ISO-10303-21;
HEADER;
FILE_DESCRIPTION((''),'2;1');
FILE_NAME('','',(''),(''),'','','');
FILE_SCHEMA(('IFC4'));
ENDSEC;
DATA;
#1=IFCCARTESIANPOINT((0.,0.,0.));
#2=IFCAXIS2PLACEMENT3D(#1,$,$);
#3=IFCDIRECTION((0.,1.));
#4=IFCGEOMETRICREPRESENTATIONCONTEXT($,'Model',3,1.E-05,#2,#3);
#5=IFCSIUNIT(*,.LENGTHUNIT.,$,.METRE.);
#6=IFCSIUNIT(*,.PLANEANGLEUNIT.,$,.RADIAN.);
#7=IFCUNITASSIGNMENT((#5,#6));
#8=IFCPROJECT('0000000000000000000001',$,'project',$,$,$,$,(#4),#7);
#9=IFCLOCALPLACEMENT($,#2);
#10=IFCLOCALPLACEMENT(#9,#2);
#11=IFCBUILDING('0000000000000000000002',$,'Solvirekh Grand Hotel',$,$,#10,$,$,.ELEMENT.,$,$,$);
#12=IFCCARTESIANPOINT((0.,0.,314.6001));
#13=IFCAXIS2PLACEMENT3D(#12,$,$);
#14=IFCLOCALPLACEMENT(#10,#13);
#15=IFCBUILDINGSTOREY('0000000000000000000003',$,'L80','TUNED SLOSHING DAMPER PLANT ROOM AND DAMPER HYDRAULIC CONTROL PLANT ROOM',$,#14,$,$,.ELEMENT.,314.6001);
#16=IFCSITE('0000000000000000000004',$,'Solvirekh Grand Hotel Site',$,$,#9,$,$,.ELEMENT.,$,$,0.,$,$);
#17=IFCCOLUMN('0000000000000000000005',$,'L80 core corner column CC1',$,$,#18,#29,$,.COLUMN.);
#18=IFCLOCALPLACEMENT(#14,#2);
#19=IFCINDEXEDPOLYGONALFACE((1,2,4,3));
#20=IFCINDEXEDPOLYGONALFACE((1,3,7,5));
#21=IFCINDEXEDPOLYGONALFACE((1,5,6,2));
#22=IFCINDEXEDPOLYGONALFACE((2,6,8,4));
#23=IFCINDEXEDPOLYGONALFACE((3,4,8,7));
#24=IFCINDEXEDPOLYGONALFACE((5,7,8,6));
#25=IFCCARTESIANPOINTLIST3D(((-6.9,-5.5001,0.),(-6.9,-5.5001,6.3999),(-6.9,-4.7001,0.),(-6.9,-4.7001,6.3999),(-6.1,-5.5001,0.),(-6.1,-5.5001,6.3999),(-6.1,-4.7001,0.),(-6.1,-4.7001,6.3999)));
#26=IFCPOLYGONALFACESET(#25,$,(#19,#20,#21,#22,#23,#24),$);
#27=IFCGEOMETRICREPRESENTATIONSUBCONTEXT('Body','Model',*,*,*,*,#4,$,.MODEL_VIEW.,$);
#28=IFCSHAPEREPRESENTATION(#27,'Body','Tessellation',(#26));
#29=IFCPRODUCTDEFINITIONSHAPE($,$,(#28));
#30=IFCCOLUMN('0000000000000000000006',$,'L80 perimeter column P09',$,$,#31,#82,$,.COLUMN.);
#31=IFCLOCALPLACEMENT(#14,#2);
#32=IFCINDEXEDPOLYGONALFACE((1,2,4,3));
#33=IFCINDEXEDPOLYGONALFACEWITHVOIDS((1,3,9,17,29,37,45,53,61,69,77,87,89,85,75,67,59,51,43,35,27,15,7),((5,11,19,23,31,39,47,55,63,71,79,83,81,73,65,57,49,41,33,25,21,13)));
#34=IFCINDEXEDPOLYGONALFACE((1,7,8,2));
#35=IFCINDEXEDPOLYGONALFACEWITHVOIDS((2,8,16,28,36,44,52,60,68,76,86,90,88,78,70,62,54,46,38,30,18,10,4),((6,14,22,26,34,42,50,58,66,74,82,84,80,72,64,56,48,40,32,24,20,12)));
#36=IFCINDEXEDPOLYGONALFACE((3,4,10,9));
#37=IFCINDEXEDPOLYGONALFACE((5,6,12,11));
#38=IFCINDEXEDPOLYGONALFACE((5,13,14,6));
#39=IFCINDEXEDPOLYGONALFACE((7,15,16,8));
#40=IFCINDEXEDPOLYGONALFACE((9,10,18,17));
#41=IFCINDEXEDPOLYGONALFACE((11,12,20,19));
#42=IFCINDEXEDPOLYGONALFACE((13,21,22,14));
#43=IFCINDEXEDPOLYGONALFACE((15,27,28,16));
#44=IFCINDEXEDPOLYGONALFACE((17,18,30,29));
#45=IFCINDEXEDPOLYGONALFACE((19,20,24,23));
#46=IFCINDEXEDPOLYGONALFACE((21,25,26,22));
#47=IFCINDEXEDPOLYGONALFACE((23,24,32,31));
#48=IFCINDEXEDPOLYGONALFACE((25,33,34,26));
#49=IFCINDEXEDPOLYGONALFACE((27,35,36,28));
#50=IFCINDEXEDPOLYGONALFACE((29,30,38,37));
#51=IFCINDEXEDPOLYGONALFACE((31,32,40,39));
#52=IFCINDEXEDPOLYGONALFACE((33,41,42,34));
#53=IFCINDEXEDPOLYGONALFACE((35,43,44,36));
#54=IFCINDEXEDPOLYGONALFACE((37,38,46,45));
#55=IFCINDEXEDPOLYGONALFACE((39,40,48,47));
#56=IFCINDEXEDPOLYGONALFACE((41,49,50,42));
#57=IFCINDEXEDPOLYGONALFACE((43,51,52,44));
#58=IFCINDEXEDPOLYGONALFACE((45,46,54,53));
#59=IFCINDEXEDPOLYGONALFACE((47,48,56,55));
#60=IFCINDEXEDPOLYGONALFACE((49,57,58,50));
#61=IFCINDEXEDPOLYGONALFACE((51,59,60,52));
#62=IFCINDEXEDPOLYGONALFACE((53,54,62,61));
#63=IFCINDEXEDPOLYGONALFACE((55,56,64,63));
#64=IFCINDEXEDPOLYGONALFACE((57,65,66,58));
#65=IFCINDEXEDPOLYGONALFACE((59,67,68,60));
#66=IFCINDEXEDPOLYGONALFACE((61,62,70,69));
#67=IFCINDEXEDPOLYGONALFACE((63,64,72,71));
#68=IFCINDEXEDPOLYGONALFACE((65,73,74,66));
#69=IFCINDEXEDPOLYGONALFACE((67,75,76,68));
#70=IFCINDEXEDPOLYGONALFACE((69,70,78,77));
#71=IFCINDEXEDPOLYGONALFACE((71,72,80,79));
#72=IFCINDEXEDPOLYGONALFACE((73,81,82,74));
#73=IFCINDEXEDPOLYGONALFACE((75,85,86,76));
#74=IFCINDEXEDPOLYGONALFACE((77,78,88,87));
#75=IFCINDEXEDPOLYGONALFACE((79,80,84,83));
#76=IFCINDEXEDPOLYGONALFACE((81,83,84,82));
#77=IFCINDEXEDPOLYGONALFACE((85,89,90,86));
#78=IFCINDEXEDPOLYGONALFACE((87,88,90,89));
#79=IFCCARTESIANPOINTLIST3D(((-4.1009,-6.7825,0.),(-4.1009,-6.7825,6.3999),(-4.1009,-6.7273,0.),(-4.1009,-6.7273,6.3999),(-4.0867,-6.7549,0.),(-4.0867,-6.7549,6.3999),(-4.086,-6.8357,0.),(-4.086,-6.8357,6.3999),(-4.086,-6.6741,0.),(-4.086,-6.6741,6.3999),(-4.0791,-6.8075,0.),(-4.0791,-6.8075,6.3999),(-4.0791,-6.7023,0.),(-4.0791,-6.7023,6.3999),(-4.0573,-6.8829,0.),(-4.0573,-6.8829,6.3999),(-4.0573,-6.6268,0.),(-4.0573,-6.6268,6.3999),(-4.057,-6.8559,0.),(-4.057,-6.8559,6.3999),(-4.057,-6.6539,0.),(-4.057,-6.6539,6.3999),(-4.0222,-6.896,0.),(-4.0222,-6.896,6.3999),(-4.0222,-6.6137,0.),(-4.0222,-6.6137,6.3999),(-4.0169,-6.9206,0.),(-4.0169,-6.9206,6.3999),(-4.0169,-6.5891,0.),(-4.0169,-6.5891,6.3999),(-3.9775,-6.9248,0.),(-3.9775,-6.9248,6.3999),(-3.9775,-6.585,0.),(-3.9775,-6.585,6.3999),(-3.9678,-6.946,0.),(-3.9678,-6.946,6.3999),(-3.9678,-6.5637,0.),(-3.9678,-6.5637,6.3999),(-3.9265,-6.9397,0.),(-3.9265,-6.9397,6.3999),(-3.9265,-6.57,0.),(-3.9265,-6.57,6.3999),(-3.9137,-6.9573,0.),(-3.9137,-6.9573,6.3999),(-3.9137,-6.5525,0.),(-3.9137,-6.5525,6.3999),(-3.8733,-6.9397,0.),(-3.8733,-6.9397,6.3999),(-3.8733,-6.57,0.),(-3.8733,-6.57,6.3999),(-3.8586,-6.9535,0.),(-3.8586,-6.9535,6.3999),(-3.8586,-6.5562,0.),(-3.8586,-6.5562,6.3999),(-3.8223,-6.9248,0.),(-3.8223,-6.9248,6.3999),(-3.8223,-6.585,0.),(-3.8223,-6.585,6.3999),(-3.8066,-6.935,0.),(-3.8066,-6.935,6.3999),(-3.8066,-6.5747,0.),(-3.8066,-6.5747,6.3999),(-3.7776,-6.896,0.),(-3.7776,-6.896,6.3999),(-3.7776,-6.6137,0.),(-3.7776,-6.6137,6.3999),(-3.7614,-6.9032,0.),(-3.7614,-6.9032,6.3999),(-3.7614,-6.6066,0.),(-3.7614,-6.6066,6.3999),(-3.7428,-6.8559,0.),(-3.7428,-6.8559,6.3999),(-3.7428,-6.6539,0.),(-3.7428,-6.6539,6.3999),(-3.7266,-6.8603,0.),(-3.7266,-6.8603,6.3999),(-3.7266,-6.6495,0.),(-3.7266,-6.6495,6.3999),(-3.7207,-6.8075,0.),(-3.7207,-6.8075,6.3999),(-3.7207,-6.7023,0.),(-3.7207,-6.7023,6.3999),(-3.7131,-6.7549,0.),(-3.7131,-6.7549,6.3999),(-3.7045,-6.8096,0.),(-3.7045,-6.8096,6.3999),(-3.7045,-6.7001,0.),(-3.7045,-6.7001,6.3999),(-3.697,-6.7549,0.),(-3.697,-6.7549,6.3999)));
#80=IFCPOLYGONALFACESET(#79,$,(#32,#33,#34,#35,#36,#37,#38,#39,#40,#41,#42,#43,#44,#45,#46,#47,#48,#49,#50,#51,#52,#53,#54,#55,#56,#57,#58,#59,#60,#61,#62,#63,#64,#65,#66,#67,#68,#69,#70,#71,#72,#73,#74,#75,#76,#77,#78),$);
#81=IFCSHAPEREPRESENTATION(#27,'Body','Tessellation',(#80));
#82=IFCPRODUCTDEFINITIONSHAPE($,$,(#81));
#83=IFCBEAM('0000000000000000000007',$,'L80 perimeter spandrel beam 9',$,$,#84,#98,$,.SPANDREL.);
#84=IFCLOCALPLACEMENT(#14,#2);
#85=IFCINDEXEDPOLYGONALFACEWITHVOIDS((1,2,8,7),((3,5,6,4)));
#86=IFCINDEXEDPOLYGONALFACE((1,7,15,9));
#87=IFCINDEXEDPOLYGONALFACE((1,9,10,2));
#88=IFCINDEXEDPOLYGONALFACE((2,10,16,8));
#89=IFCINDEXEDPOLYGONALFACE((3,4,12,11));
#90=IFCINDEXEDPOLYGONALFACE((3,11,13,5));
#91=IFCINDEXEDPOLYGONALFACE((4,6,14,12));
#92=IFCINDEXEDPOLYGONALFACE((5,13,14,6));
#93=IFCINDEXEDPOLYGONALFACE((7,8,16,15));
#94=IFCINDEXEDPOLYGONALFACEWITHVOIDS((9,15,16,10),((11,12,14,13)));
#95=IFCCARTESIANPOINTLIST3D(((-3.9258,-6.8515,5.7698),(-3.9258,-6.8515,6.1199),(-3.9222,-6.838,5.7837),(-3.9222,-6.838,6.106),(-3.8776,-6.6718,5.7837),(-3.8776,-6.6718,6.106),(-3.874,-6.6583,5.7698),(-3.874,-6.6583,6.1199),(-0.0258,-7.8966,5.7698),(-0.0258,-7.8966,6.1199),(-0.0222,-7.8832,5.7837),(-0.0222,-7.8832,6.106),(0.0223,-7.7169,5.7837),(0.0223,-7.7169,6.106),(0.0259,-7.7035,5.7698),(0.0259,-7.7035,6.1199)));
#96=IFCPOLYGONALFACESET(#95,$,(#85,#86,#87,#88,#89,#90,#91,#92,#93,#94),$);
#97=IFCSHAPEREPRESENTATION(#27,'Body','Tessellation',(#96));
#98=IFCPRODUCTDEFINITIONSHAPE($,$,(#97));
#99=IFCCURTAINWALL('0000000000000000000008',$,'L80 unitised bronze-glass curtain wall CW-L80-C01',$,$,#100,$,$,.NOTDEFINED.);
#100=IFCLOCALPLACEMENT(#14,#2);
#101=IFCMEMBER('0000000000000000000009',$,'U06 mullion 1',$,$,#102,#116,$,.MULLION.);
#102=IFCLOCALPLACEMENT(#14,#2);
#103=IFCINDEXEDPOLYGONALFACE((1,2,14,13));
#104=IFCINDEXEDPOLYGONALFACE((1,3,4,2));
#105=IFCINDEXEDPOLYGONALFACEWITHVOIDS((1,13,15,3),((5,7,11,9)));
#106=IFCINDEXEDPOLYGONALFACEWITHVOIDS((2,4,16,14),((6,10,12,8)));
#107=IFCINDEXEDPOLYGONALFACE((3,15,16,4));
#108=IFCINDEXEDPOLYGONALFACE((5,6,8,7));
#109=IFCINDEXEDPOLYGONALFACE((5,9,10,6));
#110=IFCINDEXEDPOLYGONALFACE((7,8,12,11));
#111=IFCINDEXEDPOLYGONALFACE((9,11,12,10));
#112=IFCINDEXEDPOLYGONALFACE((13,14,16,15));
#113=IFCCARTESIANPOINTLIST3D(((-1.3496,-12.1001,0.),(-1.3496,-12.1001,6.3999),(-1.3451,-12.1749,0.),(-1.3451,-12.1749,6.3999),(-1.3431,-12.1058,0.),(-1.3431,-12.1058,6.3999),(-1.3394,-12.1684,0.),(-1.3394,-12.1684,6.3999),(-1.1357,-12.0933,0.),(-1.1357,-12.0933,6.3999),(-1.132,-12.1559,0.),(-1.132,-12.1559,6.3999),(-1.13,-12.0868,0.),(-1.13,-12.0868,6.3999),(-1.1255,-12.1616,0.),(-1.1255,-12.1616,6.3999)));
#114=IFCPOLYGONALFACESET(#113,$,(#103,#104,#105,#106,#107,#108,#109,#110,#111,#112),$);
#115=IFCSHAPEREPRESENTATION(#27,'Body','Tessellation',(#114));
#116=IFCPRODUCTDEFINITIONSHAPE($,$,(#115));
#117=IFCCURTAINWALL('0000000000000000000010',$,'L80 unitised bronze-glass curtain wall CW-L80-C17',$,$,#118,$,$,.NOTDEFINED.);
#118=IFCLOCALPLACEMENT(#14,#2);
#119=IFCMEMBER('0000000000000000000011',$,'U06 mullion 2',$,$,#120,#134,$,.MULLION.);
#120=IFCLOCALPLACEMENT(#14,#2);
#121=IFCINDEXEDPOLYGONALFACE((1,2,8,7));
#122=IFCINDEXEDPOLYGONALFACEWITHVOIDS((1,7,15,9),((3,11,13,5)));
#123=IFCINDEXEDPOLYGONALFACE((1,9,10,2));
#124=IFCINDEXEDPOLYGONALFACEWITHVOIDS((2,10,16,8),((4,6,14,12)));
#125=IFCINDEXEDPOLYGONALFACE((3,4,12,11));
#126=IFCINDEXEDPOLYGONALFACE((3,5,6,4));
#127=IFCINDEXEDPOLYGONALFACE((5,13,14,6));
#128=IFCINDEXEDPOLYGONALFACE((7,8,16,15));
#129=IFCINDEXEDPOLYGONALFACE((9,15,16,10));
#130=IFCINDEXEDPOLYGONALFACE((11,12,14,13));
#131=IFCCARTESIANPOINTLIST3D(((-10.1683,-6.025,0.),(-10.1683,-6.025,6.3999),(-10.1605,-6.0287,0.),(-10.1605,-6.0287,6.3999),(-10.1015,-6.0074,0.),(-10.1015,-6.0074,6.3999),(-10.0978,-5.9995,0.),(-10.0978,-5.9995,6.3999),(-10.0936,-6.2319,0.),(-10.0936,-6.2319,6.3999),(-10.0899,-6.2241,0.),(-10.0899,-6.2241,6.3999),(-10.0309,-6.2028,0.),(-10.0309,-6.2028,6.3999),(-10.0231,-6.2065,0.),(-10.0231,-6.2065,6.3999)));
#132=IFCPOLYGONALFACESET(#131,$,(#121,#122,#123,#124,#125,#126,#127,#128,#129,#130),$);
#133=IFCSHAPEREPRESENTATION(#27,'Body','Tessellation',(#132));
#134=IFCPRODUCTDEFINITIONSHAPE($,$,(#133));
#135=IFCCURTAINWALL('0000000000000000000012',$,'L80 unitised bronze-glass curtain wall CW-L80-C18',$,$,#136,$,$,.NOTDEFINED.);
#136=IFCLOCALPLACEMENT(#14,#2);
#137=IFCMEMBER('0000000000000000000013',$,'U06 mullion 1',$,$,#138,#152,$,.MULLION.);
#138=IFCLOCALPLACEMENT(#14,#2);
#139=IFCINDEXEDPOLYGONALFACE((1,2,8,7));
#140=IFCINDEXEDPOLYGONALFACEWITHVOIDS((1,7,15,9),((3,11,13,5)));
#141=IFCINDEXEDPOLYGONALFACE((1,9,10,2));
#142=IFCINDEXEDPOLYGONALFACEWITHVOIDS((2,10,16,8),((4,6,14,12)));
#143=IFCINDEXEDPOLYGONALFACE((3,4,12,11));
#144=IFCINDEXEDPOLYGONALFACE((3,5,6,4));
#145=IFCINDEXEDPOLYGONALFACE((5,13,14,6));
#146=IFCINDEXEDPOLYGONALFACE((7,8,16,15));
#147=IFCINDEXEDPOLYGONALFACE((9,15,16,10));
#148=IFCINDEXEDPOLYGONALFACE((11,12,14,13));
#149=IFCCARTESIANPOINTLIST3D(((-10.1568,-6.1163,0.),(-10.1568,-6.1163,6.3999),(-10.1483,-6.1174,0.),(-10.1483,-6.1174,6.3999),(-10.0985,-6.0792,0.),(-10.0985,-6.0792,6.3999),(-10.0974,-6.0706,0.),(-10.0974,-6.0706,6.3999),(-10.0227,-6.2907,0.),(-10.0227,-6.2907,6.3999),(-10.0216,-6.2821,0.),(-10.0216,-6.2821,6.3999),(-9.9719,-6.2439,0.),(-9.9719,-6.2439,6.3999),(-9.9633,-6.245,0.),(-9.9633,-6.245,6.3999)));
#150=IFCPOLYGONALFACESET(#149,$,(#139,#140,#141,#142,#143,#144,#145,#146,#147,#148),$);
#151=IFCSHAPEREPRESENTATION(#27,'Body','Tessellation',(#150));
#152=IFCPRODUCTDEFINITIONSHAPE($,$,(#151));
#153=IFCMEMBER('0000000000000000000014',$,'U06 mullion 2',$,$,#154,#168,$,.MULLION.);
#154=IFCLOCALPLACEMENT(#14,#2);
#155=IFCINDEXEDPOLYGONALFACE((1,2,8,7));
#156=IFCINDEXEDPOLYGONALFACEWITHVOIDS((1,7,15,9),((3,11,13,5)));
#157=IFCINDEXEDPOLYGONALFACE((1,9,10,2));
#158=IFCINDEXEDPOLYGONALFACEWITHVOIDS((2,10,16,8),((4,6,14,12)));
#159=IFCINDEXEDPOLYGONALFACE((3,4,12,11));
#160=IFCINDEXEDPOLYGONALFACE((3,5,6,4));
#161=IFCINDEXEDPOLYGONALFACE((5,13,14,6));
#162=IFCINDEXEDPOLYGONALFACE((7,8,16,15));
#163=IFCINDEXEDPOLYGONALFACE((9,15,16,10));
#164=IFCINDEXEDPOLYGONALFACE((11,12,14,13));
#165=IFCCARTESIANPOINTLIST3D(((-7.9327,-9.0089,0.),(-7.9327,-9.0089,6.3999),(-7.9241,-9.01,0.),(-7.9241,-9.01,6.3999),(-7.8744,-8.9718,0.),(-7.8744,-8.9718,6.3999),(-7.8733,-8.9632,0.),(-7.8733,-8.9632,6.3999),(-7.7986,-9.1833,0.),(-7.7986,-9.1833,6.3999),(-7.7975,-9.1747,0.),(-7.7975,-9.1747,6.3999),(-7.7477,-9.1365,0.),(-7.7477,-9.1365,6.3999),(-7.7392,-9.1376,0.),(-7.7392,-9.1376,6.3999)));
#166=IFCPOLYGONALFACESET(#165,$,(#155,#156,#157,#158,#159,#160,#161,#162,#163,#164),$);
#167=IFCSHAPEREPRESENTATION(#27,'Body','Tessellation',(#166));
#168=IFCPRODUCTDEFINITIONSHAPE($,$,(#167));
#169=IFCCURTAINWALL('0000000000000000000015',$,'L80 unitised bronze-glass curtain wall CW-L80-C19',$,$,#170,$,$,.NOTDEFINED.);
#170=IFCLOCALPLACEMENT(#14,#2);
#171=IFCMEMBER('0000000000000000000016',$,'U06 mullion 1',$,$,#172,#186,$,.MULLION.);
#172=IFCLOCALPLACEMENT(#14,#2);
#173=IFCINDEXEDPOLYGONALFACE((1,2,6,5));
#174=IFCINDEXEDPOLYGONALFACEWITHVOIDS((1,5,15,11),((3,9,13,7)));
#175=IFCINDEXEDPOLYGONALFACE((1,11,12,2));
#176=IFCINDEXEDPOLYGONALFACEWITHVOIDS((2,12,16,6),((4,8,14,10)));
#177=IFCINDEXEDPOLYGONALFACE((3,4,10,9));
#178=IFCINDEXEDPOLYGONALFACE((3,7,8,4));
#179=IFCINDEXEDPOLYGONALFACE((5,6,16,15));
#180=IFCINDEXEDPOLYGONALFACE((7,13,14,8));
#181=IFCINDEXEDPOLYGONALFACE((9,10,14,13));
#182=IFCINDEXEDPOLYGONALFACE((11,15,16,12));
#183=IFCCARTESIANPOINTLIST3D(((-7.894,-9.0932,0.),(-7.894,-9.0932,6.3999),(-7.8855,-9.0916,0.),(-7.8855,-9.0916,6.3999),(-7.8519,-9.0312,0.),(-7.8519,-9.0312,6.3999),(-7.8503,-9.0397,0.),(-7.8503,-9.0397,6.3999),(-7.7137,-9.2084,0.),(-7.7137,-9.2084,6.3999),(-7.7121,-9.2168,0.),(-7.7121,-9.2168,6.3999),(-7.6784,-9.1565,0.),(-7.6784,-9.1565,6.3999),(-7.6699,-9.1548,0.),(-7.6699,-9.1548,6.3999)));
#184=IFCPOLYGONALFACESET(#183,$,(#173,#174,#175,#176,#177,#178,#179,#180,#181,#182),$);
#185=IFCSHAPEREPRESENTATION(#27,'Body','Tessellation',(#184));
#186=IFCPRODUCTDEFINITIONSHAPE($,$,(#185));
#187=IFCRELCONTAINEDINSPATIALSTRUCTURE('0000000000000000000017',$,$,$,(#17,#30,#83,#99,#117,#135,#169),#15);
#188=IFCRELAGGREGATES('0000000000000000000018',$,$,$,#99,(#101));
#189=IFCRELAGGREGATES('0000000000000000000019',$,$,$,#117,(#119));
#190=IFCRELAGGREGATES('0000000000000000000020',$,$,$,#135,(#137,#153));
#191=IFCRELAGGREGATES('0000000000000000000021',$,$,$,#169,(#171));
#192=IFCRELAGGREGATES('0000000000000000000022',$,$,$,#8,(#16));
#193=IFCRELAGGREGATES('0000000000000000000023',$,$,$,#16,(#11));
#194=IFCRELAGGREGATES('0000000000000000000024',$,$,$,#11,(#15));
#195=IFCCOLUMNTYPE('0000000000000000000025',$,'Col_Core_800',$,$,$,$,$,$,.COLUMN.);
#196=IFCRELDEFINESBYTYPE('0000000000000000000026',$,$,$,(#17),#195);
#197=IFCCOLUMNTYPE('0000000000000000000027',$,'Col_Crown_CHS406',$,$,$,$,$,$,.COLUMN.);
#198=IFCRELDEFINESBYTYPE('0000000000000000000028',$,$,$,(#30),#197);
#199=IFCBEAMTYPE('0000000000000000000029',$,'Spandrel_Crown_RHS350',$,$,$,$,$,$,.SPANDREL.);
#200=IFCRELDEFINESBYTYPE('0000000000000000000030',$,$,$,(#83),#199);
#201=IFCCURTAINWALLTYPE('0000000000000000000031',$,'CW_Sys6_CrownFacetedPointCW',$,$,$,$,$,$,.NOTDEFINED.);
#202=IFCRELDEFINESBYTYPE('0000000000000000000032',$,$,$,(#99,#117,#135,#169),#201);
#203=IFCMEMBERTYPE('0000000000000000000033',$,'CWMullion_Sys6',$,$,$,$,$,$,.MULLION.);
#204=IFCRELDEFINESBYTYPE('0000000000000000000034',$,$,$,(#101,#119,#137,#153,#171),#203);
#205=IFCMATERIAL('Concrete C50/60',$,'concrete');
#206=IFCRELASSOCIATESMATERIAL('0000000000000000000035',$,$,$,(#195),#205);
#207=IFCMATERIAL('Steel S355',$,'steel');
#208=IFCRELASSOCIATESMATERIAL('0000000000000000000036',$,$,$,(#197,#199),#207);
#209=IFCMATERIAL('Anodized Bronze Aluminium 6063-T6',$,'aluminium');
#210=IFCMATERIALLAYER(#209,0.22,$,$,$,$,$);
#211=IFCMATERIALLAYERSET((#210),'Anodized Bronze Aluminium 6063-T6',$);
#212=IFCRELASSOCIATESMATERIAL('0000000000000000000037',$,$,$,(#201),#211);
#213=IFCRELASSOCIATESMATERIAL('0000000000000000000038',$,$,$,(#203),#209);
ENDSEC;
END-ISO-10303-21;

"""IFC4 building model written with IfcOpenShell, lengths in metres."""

from ifc_helpers import new_model, si_unit, direction, frame, origin, origin_2d, place, context, subcontext, project, spatial, rectangle, hollow_rectangle, hollow_circle, extrude, source, transform, mapped, material, layer, layer_set, material_profile, profile_set, type_object, element, aggregate, save


model = new_model("IFC4")

# Units and contexts
model_context = context("Model", 3, precision=1e-05, world=origin(), true_north=direction((0.0, 1.0)))
body_context = subcontext(model_context, "Body", "Model", "MODEL_VIEW")
ifc_project = project(units=[si_unit("LENGTHUNIT", "METRE"), si_unit("PLANEANGLEUNIT", "RADIAN")], contexts=[model_context])

# Site, building, storey
site_placement = place(None, origin())
site = spatial("IfcSite", under=ifc_project, at=site_placement, Name="Solvirekh Grand Hotel Site", CompositionType="ELEMENT", RefElevation=0.0)
building_placement = place(site_placement, origin())
building = spatial("IfcBuilding", under=site, at=building_placement, Name="Solvirekh Grand Hotel", CompositionType="ELEMENT")
storey_placement = place(building_placement, frame((0.0, 0.0, 314.6001)))
storey = spatial("IfcBuildingStorey", under=building, at=storey_placement, Name="L80", Description="TUNED SLOSHING DAMPER PLANT ROOM AND DAMPER HYDRAULIC CONTROL PLANT ROOM", CompositionType="ELEMENT", Elevation=314.6001)

# Columns
ifc_material_1 = material(Name="Concrete C50/60", Category="concrete")
ifc_material_profile_1 = material_profile(ifc_material_1, rectangle(XDim=0.8, YDim=0.8, at=origin_2d()), Name="RC 800X800")
ifc_profile_set_1 = profile_set([ifc_material_profile_1], Name="Concrete C50/60")
column_type_1 = type_object("IfcColumnType", Name="Col_Core_800", PredefinedType="COLUMN", material=ifc_profile_set_1)
column_1_placement = place(storey_placement, frame((-6.5, -5.1001, 0.0), z_axis=(0.0, 0.0, 1.0), x_axis=(1.0, 0.0, 0.0)))
element("IfcColumn", 1, at=column_1_placement, inside=storey, type_object=column_type_1, Name="L80 core corner column CC1", PredefinedType="COLUMN", context=body_context, shape_type="SweptSolid", body=[
    extrude(rectangle(XDim=0.8, YDim=0.8, at=origin_2d()), origin(), (0.0, 0.0, 1.0), 6.3999),
])
ifc_material_2 = material(Name="Steel S355", Category="steel")
ifc_material_profile_2 = material_profile(ifc_material_2, hollow_circle(Radius=0.2029, WallThickness=0.0161, at=origin_2d()), Name="CHS 406X16")
ifc_profile_set_2 = profile_set([ifc_material_profile_2], Name="Steel S355")
column_type_2 = type_object("IfcColumnType", Name="Col_Crown_CHS406", PredefinedType="COLUMN", material=ifc_profile_set_2)
column_2_placement = place(storey_placement, frame((-3.8999, -6.7549, 0.0), z_axis=(0.0, 0.0, 1.0), x_axis=(1.0, 0.0, 0.0)))
element("IfcColumn", 2, at=column_2_placement, inside=storey, type_object=column_type_2, Name="L80 perimeter column P09", PredefinedType="COLUMN", context=body_context, shape_type="SweptSolid", body=[
    extrude(hollow_circle(Radius=0.2029, WallThickness=0.0161, at=origin_2d()), origin(), (0.0, 0.0, 1.0), 6.3999),
])

# Beam
ifc_material_profile_3 = material_profile(ifc_material_2, hollow_rectangle(XDim=0.2, YDim=0.3501, WallThickness=0.0139, at=origin_2d()), Name="RHS 350X200X14")
ifc_profile_set_3 = profile_set([ifc_material_profile_3], Name="Steel S355")
beam_type = type_object("IfcBeamType", Name="Spandrel_Crown_RHS350", PredefinedType="SPANDREL", material=ifc_profile_set_3)
beam_placement = place(storey_placement, frame((-3.8999, -6.7549, 5.9448), z_axis=(0.965914, -0.258863, 0.0), x_axis=(0.258863, 0.965914, 0.0)))
element("IfcBeam", 3, at=beam_placement, inside=storey, type_object=beam_type, Name="L80 perimeter spandrel beam 9", PredefinedType="SPANDREL", context=body_context, shape_type="SweptSolid", body=[
    extrude(hollow_rectangle(XDim=0.2, YDim=0.3501, WallThickness=0.0139, at=origin_2d()), origin(), (0.0, 0.0, 1.0), 4.0376),
])

# Curtain walls, members
ifc_material_3 = material(Name="Anodized Bronze Aluminium 6063-T6", Category="aluminium")
ifc_layer_1 = layer(ifc_material_3, 0.22)
ifc_layer_set_1 = layer_set([ifc_layer_1], Name="Anodized Bronze Aluminium 6063-T6")
curtain_wall_type = type_object("IfcCurtainWallType", Name="CW_Sys6_CrownFacetedPointCW", PredefinedType="NOTDEFINED", material=ifc_layer_set_1)
curtain_wall_1_placement = place(storey_placement, origin())
curtain_wall_1 = element("IfcCurtainWall", 4, at=curtain_wall_1_placement, inside=storey, type_object=curtain_wall_type, Name="L80 unitised bronze-glass curtain wall CW-L80-C01", PredefinedType="NOTDEFINED")
ifc_material_profile_4 = material_profile(ifc_material_3, hollow_rectangle(XDim=0.075, YDim=0.22, WallThickness=0.0061, at=origin_2d()), Name="ALU RHS 220X75X6")
ifc_profile_set_4 = profile_set([ifc_material_profile_4], Name="Anodized Bronze Aluminium 6063-T6")
member_type_1 = type_object("IfcMemberType", Name="CWMullion_Sys6", PredefinedType="MULLION", material=ifc_profile_set_4)
shared_shape_1 = source(origin(), body_context, "Body", "SweptSolid", [
    extrude(hollow_rectangle(XDim=0.075, YDim=0.22, WallThickness=0.0061, at=origin_2d()), origin(), (0.0, 0.0, 1.0), 6.3999),
])
member_1_placement = place(storey_placement, frame((-1.2375, -12.1309, 0.0), z_axis=(0.0, 0.0, 1.0), x_axis=(-0.060271, 0.998182, 0.0)))
member_1 = element("IfcMember", 5, at=member_1_placement, type_object=member_type_1, Name="U06 mullion 1", PredefinedType="MULLION", context=body_context, shape_type="MappedRepresentation", body=[
    mapped(shared_shape_1, transform((0.0, 0.0, 0.0), x_axis=(1.0, 0.0, 0.0), y_axis=(0.0, 1.0, 0.0), z_axis=(0.0, 0.0, 1.0), scale=1.0)),
])
aggregate(curtain_wall_1, [member_1])
curtain_wall_2_placement = place(storey_placement, origin())
curtain_wall_2 = element("IfcCurtainWall", 6, at=curtain_wall_2_placement, inside=storey, type_object=curtain_wall_type, Name="L80 unitised bronze-glass curtain wall CW-L80-C17", PredefinedType="NOTDEFINED")
member_2_placement = place(storey_placement, frame((-10.0957, -6.1157, 0.0), z_axis=(0.0, 0.0, 1.0), x_axis=(0.940617, 0.339469, 0.0)))
member_2 = element("IfcMember", 7, at=member_2_placement, type_object=member_type_1, Name="U06 mullion 2", PredefinedType="MULLION", context=body_context, shape_type="MappedRepresentation", body=[
    mapped(shared_shape_1, transform((0.0, 0.0, 0.0), x_axis=(1.0, 0.0, 0.0), y_axis=(0.0, 1.0, 0.0), z_axis=(0.0, 0.0, 1.0), scale=1.0)),
])
aggregate(curtain_wall_2, [member_2])

# Curtain walls, members
curtain_wall_3_placement = place(storey_placement, origin())
curtain_wall_3 = element("IfcCurtainWall", 8, at=curtain_wall_3_placement, inside=storey, type_object=curtain_wall_type, Name="L80 unitised bronze-glass curtain wall CW-L80-C18", PredefinedType="NOTDEFINED")
member_3_placement = place(storey_placement, frame((-10.0601, -6.1807, 0.0), z_axis=(0.0, 0.0, 1.0), x_axis=(0.792724, 0.609581, 0.0)))
member_3 = element("IfcMember", 9, at=member_3_placement, type_object=member_type_1, Name="U06 mullion 1", PredefinedType="MULLION", context=body_context, shape_type="MappedRepresentation", body=[
    mapped(shared_shape_1, transform((0.0, 0.0, 0.0), x_axis=(1.0, 0.0, 0.0), y_axis=(0.0, 1.0, 0.0), z_axis=(0.0, 0.0, 1.0), scale=1.0)),
])
member_4_placement = place(storey_placement, frame((-7.8359, -9.0732, 0.0), z_axis=(0.0, 0.0, 1.0), x_axis=(0.792724, 0.609581, 0.0)))
member_4 = element("IfcMember", 10, at=member_4_placement, type_object=member_type_1, Name="U06 mullion 2", PredefinedType="MULLION", context=body_context, shape_type="MappedRepresentation", body=[
    mapped(shared_shape_1, transform((0.0, 0.0, 0.0), x_axis=(1.0, 0.0, 0.0), y_axis=(0.0, 1.0, 0.0), z_axis=(0.0, 0.0, 1.0), scale=1.0)),
])
curtain_wall_4_placement = place(storey_placement, origin())
curtain_wall_4 = element("IfcCurtainWall", 11, at=curtain_wall_4_placement, inside=storey, type_object=curtain_wall_type, Name="L80 unitised bronze-glass curtain wall CW-L80-C19", PredefinedType="NOTDEFINED")
member_5_placement = place(storey_placement, frame((-7.782, -9.124, 0.0), z_axis=(0.0, 0.0, 1.0), x_axis=(0.561975, 0.827155, 0.0)))
member_5 = element("IfcMember", 12, at=member_5_placement, type_object=member_type_1, Name="U06 mullion 1", PredefinedType="MULLION", context=body_context, shape_type="MappedRepresentation", body=[
    mapped(shared_shape_1, transform((0.0, 0.0, 0.0), x_axis=(1.0, 0.0, 0.0), y_axis=(0.0, 1.0, 0.0), z_axis=(0.0, 0.0, 1.0), scale=1.0)),
])

aggregate(curtain_wall_3, [member_3, member_4])
aggregate(curtain_wall_4, [member_5])

save(model, "model.ifc")
